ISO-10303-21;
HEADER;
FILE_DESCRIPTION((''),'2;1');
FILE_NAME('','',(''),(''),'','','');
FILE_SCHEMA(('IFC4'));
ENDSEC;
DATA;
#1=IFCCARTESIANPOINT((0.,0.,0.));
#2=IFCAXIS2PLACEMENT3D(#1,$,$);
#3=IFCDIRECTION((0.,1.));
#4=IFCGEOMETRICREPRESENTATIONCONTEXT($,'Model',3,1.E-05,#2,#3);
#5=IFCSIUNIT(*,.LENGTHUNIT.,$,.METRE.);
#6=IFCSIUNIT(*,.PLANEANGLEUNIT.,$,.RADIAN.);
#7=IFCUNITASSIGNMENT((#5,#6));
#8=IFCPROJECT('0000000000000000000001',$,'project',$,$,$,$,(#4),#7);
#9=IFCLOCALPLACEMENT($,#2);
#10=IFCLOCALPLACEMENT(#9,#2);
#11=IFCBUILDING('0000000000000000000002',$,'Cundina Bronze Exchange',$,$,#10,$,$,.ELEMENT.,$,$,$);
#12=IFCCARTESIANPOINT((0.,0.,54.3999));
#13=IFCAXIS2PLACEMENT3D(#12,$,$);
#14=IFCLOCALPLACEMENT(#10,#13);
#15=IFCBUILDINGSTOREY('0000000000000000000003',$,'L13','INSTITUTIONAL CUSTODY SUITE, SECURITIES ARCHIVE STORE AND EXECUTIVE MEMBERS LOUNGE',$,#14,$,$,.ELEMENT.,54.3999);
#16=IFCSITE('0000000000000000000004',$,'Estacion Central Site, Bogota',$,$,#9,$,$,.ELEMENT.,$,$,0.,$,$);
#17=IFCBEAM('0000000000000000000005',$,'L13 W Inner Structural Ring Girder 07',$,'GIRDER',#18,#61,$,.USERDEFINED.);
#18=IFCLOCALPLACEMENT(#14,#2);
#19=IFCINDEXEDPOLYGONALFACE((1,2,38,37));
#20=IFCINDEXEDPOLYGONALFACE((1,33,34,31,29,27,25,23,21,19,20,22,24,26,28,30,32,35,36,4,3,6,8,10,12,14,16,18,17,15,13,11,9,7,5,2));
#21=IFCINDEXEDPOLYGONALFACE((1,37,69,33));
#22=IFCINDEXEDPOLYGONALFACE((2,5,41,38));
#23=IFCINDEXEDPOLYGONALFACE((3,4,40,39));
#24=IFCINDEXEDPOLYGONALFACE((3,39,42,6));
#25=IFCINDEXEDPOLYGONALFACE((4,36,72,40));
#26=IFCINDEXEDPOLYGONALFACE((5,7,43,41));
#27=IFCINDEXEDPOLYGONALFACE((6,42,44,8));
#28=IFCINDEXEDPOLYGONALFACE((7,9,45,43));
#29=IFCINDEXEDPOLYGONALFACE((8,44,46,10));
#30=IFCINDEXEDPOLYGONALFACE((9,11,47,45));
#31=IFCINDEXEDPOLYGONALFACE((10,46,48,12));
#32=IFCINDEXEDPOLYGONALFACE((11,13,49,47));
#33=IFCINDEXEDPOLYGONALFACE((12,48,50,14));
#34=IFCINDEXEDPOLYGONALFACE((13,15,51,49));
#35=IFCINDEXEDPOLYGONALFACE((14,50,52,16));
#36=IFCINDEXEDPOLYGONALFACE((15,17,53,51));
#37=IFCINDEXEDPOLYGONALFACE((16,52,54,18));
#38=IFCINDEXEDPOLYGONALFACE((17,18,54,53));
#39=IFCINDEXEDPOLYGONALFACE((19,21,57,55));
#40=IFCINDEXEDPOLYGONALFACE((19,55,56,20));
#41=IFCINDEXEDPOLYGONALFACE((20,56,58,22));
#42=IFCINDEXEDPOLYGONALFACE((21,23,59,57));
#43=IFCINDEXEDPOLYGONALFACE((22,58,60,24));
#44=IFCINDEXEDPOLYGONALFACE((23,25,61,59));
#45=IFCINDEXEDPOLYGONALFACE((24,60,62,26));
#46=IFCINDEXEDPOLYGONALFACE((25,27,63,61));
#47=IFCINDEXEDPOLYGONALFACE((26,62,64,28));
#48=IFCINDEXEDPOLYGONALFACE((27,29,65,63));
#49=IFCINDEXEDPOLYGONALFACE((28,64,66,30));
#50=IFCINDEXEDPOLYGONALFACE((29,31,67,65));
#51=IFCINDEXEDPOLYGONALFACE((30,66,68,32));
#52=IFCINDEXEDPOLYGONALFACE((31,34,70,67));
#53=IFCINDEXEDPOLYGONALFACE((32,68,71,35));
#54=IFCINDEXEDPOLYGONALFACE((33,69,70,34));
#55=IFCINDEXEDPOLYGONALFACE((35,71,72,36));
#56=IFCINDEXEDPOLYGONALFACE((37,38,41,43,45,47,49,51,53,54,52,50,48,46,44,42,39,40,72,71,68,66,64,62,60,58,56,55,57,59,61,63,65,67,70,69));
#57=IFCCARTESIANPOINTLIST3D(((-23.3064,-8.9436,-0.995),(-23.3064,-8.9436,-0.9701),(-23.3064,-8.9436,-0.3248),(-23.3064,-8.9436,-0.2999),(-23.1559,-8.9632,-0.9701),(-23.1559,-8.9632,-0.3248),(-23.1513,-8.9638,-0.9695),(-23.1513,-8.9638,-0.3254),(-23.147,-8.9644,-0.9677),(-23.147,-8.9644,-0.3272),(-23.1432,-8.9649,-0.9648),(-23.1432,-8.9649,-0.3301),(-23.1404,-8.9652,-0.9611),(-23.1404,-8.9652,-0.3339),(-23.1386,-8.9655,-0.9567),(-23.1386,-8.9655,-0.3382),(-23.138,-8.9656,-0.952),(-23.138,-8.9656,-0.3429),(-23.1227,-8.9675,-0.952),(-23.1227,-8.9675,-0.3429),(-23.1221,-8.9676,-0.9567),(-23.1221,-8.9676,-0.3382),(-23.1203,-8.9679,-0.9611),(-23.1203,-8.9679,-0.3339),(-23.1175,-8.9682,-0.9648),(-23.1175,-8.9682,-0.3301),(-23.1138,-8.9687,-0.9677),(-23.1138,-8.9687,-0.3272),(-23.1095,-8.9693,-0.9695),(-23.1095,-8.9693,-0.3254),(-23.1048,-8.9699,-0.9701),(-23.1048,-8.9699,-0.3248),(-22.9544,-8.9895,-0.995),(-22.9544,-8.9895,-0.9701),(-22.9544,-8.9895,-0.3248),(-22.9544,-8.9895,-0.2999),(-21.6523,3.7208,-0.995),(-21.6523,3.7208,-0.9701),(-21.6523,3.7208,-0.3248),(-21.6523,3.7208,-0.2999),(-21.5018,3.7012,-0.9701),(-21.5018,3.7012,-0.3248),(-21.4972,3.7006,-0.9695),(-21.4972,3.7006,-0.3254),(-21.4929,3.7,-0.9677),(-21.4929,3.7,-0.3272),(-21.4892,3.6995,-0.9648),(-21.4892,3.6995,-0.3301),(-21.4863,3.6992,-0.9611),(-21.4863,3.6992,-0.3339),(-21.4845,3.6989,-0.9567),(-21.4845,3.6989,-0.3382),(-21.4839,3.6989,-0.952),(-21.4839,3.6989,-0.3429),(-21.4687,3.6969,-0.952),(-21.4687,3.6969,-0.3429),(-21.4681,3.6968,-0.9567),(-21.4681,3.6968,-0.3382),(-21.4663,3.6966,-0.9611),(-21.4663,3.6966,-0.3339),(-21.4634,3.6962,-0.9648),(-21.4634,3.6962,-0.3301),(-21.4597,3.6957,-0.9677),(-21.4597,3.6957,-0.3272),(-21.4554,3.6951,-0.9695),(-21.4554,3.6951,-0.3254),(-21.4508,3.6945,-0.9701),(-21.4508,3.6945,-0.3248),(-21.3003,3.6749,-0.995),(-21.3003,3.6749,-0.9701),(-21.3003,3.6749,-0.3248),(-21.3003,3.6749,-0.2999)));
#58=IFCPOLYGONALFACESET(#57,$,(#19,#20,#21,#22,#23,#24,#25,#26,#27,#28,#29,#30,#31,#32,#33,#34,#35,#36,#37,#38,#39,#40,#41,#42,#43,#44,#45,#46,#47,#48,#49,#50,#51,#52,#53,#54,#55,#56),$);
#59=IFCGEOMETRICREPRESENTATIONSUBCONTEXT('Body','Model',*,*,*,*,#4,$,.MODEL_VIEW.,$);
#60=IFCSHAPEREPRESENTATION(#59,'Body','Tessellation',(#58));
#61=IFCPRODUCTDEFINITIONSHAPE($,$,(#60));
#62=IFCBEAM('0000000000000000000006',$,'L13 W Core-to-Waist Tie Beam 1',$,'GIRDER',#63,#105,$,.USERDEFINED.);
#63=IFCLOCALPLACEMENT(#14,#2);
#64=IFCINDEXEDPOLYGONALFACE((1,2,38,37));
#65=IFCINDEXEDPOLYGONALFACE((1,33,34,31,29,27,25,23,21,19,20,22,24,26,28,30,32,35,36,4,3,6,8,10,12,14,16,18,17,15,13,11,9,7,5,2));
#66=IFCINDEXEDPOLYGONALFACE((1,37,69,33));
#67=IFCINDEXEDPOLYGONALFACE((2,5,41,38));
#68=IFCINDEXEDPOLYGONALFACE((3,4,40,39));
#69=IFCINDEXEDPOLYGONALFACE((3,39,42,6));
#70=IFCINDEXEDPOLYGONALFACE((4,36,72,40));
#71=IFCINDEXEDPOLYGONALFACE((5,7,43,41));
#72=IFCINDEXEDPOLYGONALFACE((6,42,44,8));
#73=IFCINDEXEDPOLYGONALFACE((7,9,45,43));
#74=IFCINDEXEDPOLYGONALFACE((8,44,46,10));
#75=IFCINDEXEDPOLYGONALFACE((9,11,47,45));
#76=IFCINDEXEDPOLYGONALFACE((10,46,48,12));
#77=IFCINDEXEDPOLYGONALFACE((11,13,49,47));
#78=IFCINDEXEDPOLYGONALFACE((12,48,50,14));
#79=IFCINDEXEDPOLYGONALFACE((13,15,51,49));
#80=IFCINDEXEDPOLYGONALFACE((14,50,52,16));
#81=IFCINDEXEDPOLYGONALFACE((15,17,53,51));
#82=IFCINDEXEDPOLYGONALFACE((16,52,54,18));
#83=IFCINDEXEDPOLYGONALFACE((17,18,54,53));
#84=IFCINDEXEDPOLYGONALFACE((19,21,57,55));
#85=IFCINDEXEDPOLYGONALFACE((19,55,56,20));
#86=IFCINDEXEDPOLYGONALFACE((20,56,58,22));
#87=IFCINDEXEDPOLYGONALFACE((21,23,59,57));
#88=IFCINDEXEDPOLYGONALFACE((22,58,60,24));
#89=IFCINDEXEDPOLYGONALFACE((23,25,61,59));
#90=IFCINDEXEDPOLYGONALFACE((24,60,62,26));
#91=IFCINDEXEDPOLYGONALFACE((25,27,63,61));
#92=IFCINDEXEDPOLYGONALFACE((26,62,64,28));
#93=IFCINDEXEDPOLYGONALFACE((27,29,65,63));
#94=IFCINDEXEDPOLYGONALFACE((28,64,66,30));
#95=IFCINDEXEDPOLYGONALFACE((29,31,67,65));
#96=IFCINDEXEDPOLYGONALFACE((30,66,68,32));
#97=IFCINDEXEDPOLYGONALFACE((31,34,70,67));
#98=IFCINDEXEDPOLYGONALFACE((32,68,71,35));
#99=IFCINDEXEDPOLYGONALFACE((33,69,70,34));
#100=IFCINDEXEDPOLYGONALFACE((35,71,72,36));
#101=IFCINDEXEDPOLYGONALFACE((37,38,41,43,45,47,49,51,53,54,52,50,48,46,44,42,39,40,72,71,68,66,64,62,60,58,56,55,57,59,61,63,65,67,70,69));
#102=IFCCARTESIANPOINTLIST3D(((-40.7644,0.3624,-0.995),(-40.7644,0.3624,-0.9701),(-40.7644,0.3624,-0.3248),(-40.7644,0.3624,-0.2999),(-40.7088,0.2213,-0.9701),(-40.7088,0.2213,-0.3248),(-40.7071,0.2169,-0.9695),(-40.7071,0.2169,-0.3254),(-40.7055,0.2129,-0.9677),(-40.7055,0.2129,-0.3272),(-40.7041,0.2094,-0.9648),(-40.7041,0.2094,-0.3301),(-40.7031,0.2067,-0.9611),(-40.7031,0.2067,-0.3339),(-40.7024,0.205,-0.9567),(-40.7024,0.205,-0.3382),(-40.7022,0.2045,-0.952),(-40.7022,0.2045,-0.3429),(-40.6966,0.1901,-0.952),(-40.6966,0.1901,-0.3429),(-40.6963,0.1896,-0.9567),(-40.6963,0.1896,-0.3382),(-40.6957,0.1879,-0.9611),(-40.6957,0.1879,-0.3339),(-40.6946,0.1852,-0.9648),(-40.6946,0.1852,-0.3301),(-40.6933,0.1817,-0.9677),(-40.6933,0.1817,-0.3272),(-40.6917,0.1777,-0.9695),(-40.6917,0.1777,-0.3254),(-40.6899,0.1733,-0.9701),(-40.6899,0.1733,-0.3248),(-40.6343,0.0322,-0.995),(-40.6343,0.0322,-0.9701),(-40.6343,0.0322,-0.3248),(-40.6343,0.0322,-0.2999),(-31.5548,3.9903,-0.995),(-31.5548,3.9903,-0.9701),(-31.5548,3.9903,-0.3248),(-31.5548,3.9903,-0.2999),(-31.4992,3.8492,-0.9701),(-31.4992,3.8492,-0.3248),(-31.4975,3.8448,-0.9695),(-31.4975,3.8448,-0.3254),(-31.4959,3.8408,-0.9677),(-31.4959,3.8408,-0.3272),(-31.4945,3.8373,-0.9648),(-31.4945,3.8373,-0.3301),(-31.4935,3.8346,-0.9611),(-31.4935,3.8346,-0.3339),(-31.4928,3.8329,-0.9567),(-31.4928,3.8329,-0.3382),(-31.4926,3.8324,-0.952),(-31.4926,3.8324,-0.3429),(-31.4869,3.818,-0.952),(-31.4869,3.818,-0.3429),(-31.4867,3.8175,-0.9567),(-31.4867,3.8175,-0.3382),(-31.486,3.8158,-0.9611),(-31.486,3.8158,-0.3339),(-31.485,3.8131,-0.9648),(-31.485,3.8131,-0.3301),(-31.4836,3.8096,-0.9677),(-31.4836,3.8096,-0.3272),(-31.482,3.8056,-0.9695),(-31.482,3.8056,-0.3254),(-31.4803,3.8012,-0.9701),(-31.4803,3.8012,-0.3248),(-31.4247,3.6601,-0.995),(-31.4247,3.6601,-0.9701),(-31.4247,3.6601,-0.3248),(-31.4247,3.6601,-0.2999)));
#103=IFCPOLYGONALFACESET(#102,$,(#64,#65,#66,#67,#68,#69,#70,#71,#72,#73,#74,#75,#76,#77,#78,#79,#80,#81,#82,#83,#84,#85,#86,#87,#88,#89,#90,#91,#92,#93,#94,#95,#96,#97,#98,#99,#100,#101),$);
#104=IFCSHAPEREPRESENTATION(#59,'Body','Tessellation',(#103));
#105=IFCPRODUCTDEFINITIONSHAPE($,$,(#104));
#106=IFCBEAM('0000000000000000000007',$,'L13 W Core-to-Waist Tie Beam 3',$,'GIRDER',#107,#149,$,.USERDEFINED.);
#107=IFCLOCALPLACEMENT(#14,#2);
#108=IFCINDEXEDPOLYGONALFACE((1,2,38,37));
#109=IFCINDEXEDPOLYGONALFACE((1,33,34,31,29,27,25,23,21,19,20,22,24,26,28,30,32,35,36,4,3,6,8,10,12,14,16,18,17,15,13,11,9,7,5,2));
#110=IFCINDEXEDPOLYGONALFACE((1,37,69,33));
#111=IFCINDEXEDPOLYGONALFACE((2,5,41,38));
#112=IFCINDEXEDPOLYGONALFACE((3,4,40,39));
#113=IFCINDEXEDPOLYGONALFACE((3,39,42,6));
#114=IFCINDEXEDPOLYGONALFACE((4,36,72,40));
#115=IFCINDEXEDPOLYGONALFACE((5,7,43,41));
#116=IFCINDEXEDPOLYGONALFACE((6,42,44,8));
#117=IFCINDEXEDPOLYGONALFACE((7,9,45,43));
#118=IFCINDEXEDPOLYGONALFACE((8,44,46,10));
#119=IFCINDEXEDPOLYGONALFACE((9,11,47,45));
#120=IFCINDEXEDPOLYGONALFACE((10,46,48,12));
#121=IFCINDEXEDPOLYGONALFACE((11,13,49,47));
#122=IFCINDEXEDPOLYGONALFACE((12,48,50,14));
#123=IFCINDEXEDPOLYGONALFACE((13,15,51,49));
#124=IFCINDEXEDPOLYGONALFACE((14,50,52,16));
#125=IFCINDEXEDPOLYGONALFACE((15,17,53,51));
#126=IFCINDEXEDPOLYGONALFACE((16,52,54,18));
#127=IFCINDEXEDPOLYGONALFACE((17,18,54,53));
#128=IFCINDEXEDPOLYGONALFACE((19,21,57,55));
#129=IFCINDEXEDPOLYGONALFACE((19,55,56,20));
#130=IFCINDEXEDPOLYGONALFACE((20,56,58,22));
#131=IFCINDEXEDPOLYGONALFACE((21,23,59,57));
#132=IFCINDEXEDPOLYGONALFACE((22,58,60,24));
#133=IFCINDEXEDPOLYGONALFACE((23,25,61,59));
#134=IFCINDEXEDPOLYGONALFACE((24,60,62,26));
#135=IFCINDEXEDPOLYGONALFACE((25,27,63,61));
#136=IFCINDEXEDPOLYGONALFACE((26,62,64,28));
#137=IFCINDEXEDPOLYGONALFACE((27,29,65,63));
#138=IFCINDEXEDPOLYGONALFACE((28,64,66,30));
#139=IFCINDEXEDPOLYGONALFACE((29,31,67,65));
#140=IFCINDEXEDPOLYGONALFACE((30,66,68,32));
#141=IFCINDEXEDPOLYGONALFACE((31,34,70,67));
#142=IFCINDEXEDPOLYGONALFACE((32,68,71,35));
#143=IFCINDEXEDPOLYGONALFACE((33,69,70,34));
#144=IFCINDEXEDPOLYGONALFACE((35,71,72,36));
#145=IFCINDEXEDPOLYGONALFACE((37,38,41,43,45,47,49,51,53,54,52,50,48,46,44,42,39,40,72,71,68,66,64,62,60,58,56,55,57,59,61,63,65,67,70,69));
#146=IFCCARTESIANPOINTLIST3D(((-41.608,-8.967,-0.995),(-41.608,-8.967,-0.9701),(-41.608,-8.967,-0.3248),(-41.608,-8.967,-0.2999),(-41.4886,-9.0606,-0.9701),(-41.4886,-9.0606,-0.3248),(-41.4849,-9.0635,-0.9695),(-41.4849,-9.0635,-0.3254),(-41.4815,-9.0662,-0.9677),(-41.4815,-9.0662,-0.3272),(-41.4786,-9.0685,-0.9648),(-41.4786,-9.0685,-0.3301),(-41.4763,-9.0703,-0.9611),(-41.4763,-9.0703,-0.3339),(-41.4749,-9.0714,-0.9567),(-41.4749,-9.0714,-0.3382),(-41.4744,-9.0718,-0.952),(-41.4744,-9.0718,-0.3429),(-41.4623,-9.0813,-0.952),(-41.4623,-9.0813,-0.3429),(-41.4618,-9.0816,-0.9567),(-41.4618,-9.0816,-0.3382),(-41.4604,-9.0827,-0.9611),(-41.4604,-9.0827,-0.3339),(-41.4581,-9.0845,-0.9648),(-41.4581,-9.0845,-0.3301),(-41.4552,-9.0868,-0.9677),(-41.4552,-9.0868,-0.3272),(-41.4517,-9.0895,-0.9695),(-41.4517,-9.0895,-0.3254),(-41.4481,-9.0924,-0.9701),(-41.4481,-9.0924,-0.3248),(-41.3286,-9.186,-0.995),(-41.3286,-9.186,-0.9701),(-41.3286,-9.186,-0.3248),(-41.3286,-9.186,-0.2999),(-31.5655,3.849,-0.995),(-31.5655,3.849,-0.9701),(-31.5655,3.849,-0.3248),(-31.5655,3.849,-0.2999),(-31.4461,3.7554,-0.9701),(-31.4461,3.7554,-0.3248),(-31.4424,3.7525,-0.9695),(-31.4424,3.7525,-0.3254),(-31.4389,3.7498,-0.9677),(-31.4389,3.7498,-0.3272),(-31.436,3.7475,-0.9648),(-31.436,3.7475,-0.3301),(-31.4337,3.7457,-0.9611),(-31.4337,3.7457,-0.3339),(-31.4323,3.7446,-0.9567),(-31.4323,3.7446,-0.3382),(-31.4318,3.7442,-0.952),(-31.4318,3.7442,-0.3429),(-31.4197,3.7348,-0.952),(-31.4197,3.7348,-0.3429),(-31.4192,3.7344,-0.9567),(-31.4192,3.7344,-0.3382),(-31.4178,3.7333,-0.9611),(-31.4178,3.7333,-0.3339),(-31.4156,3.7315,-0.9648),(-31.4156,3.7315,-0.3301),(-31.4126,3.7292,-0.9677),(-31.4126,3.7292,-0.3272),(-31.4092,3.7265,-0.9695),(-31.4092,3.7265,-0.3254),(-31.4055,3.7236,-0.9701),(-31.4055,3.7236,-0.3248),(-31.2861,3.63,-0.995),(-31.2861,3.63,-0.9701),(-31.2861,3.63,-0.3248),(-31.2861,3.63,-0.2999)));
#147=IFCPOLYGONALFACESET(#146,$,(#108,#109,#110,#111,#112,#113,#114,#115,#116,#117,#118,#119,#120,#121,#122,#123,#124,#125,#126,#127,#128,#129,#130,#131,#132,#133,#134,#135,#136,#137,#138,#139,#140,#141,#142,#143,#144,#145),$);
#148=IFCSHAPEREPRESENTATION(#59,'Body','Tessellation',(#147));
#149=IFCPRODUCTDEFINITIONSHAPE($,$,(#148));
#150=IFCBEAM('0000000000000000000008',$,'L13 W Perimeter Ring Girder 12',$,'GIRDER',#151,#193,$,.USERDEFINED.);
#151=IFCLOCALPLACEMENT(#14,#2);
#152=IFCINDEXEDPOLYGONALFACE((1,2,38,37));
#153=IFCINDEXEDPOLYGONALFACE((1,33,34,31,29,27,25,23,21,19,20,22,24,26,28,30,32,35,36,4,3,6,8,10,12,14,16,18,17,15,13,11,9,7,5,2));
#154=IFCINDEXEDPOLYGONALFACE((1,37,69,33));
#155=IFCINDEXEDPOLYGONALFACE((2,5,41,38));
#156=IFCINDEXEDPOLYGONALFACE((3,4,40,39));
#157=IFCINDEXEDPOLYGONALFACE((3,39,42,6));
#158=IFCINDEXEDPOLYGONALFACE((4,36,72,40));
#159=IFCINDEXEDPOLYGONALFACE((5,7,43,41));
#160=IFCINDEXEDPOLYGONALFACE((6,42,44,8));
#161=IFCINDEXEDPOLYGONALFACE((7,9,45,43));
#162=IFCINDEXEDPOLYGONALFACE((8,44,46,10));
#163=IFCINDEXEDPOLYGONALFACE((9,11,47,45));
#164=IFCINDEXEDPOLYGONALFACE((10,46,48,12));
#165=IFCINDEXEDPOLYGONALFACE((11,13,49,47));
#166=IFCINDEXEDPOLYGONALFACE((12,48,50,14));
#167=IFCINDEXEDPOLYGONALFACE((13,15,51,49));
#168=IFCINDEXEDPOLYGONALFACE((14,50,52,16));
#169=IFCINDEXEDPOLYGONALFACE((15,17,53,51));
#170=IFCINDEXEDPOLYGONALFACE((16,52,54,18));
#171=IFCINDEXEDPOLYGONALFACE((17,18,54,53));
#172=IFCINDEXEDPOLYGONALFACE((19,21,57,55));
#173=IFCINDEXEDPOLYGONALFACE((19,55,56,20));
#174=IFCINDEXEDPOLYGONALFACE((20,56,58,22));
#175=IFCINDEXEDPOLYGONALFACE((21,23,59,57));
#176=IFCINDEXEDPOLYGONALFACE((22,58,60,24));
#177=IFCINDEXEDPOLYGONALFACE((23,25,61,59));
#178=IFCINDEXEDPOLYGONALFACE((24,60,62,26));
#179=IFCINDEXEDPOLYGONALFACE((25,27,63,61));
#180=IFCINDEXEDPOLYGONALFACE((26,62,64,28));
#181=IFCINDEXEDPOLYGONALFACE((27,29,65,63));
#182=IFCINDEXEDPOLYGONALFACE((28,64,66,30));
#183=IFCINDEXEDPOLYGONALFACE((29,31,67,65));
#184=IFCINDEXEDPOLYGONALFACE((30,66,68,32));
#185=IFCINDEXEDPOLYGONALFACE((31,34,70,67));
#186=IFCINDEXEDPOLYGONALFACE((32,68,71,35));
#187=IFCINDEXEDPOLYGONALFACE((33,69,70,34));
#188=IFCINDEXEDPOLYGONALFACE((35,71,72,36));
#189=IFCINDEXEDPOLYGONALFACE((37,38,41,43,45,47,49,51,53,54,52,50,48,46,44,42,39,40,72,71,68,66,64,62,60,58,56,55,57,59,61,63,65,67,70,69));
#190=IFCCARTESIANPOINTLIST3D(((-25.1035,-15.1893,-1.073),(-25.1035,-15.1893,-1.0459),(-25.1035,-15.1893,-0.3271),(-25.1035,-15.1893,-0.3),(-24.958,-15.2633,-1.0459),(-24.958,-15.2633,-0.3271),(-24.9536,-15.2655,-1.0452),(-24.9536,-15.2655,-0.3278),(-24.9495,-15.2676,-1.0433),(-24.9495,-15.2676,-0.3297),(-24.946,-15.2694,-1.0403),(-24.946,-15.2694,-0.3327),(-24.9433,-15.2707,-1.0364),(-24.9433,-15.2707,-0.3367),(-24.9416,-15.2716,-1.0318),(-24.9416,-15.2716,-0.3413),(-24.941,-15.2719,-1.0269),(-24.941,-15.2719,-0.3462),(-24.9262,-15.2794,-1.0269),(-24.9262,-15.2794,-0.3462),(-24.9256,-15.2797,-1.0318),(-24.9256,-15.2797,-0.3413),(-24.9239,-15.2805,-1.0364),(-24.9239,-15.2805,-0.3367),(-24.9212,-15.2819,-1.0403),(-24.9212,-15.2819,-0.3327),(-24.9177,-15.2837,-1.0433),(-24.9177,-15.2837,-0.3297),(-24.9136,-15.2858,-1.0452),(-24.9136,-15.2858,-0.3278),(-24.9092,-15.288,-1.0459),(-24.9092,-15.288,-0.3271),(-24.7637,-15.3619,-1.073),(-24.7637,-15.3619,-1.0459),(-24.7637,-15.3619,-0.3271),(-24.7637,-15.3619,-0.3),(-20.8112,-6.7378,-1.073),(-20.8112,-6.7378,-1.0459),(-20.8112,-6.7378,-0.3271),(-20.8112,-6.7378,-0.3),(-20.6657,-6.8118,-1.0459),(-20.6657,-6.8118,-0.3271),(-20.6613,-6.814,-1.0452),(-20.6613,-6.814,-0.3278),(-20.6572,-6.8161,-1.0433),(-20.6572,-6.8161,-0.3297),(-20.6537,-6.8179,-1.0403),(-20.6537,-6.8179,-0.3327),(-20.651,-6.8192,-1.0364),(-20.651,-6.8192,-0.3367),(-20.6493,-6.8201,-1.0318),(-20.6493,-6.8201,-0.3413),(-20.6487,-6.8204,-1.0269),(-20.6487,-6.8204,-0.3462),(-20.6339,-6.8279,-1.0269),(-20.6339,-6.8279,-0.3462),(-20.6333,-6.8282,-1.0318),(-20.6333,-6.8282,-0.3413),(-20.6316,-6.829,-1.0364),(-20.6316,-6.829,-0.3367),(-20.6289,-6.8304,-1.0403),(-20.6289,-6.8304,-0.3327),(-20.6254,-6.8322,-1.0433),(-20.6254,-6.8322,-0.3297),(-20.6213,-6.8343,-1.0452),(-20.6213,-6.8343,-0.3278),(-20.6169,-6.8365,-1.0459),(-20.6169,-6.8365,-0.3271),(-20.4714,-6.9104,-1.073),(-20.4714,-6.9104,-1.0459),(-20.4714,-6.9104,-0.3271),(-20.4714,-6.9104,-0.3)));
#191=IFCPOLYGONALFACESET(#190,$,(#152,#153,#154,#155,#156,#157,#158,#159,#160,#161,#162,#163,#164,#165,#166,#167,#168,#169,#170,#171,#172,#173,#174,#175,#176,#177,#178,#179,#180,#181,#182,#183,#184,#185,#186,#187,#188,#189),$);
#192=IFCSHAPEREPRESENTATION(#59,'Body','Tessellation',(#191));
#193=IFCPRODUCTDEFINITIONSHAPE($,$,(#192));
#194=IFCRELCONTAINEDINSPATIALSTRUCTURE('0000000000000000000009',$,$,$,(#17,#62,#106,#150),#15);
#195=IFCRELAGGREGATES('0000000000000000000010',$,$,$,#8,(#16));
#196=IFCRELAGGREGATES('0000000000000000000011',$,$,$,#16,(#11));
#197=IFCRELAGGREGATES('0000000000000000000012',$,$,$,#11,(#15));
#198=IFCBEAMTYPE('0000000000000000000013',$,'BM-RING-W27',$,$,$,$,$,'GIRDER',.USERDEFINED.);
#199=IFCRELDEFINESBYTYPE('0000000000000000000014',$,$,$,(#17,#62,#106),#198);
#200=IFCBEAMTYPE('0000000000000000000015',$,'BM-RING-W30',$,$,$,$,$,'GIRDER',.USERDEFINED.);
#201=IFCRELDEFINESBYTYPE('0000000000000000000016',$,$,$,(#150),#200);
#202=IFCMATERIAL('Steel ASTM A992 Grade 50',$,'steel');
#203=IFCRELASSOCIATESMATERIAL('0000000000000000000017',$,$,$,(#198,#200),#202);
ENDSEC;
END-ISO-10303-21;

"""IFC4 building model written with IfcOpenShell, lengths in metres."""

from ifc_helpers import new_model, si_unit, direction, frame, origin, origin_2d, place, context, subcontext, project, spatial, i_section, extrude, material, material_profile, profile_set, type_object, element, save


model = new_model("IFC4")

# Units and contexts
model_context = context("Model", 3, precision=1e-05, world=origin(), true_north=direction((0.0, 1.0)))
body_context = subcontext(model_context, "Body", "Model", "MODEL_VIEW")
ifc_project = project(units=[si_unit("LENGTHUNIT", "METRE"), si_unit("PLANEANGLEUNIT", "RADIAN")], contexts=[model_context])

# Site, building, storey
site_placement = place(None, origin())
site = spatial("IfcSite", under=ifc_project, at=site_placement, Name="Estacion Central Site, Bogota", CompositionType="ELEMENT", RefElevation=0.0)
building_placement = place(site_placement, origin())
building = spatial("IfcBuilding", under=site, at=building_placement, Name="Cundina Bronze Exchange", CompositionType="ELEMENT")
storey_placement = place(building_placement, frame((0.0, 0.0, 54.3999)))
storey = spatial("IfcBuildingStorey", under=building, at=storey_placement, Name="L13", Description="INSTITUTIONAL CUSTODY SUITE, SECURITIES ARCHIVE STORE AND EXECUTIVE MEMBERS LOUNGE", CompositionType="ELEMENT", Elevation=54.3999)

# Shared definitions
ifc_material_1 = material(Name="Steel ASTM A992 Grade 50", Category="steel")

# Beams
ifc_material_profile_1 = material_profile(ifc_material_1, i_section(OverallWidth=0.355, OverallDepth=0.6951, WebThickness=0.0154, FlangeThickness=0.0249, FilletRadius=0.0181, at=origin_2d()), Name="W27X146", Category="steel")
ifc_profile_set_1 = profile_set([ifc_material_profile_1], Name="Steel ASTM A992 Grade 50")
beam_type_1 = type_object("IfcBeamType", Name="BM-RING-W27", ElementType="GIRDER", PredefinedType="USERDEFINED", material=ifc_profile_set_1)
beam_1_placement = place(storey_placement, frame((-23.1304, -8.9666, -0.6475), z_axis=(0.129508, 0.991578, 0.0), x_axis=(-0.991578, 0.129508, 0.0)))
element("IfcBeam", 1, at=beam_1_placement, inside=storey, type_object=beam_type_1, Name="L13 W Inner Structural Ring Girder 07", ObjectType="GIRDER", PredefinedType="USERDEFINED", context=body_context, shape_type="SweptSolid", body=[
    extrude(i_section(OverallWidth=0.355, OverallDepth=0.6951, WebThickness=0.0154, FlangeThickness=0.0249, FilletRadius=0.0181, at=origin_2d()), origin(), (0.0, 0.0, 1.0), 12.772),
])
beam_2_placement = place(storey_placement, frame((-31.4897, 3.8252, -0.6475), z_axis=(-0.930413, -0.366512, 0.0), x_axis=(0.366512, -0.930413, 0.0)))
element("IfcBeam", 2, at=beam_2_placement, inside=storey, type_object=beam_type_1, Name="L13 W Core-to-Waist Tie Beam 1", ObjectType="GIRDER", PredefinedType="USERDEFINED", context=body_context, shape_type="SweptSolid", body=[
    extrude(i_section(OverallWidth=0.355, OverallDepth=0.6951, WebThickness=0.0154, FlangeThickness=0.0249, FilletRadius=0.0181, at=origin_2d()), origin(), (0.0, 0.0, 1.0), 9.8984),
])
beam_3_placement = place(storey_placement, frame((-31.4258, 3.7395, -0.6475), z_axis=(-0.616789, -0.787128, 0.0), x_axis=(0.787128, -0.616789, 0.0)))
element("IfcBeam", 3, at=beam_3_placement, inside=storey, type_object=beam_type_1, Name="L13 W Core-to-Waist Tie Beam 3", ObjectType="GIRDER", PredefinedType="USERDEFINED", context=body_context, shape_type="SweptSolid", body=[
    extrude(i_section(OverallWidth=0.355, OverallDepth=0.6951, WebThickness=0.0154, FlangeThickness=0.0249, FilletRadius=0.0181, at=origin_2d()), origin(), (0.0, 0.0, 1.0), 16.282),
])
ifc_material_profile_2 = material_profile(ifc_material_1, i_section(OverallWidth=0.3811, OverallDepth=0.7729, WebThickness=0.0166, FlangeThickness=0.0271, FilletRadius=0.019, at=origin_2d()), Name="W30X173", Category="steel")
ifc_profile_set_2 = profile_set([ifc_material_profile_2], Name="Steel ASTM A992 Grade 50")
beam_type_2 = type_object("IfcBeamType", Name="BM-RING-W30", ElementType="GIRDER", PredefinedType="USERDEFINED", material=ifc_profile_set_2)
beam_4_placement = place(storey_placement, frame((-24.9336, -15.2756, -0.6865), z_axis=(0.45282, 0.891602, 0.0), x_axis=(-0.891602, 0.45282, 0.0)))
element("IfcBeam", 4, at=beam_4_placement, inside=storey, type_object=beam_type_2, Name="L13 W Perimeter Ring Girder 12", ObjectType="GIRDER", PredefinedType="USERDEFINED", context=body_context, shape_type="SweptSolid", body=[
    extrude(i_section(OverallWidth=0.3811, OverallDepth=0.7729, WebThickness=0.0166, FlangeThickness=0.0271, FilletRadius=0.019, at=origin_2d()), origin(), (0.0, 0.0, 1.0), 9.479),
])

save(model, "model.ifc")
